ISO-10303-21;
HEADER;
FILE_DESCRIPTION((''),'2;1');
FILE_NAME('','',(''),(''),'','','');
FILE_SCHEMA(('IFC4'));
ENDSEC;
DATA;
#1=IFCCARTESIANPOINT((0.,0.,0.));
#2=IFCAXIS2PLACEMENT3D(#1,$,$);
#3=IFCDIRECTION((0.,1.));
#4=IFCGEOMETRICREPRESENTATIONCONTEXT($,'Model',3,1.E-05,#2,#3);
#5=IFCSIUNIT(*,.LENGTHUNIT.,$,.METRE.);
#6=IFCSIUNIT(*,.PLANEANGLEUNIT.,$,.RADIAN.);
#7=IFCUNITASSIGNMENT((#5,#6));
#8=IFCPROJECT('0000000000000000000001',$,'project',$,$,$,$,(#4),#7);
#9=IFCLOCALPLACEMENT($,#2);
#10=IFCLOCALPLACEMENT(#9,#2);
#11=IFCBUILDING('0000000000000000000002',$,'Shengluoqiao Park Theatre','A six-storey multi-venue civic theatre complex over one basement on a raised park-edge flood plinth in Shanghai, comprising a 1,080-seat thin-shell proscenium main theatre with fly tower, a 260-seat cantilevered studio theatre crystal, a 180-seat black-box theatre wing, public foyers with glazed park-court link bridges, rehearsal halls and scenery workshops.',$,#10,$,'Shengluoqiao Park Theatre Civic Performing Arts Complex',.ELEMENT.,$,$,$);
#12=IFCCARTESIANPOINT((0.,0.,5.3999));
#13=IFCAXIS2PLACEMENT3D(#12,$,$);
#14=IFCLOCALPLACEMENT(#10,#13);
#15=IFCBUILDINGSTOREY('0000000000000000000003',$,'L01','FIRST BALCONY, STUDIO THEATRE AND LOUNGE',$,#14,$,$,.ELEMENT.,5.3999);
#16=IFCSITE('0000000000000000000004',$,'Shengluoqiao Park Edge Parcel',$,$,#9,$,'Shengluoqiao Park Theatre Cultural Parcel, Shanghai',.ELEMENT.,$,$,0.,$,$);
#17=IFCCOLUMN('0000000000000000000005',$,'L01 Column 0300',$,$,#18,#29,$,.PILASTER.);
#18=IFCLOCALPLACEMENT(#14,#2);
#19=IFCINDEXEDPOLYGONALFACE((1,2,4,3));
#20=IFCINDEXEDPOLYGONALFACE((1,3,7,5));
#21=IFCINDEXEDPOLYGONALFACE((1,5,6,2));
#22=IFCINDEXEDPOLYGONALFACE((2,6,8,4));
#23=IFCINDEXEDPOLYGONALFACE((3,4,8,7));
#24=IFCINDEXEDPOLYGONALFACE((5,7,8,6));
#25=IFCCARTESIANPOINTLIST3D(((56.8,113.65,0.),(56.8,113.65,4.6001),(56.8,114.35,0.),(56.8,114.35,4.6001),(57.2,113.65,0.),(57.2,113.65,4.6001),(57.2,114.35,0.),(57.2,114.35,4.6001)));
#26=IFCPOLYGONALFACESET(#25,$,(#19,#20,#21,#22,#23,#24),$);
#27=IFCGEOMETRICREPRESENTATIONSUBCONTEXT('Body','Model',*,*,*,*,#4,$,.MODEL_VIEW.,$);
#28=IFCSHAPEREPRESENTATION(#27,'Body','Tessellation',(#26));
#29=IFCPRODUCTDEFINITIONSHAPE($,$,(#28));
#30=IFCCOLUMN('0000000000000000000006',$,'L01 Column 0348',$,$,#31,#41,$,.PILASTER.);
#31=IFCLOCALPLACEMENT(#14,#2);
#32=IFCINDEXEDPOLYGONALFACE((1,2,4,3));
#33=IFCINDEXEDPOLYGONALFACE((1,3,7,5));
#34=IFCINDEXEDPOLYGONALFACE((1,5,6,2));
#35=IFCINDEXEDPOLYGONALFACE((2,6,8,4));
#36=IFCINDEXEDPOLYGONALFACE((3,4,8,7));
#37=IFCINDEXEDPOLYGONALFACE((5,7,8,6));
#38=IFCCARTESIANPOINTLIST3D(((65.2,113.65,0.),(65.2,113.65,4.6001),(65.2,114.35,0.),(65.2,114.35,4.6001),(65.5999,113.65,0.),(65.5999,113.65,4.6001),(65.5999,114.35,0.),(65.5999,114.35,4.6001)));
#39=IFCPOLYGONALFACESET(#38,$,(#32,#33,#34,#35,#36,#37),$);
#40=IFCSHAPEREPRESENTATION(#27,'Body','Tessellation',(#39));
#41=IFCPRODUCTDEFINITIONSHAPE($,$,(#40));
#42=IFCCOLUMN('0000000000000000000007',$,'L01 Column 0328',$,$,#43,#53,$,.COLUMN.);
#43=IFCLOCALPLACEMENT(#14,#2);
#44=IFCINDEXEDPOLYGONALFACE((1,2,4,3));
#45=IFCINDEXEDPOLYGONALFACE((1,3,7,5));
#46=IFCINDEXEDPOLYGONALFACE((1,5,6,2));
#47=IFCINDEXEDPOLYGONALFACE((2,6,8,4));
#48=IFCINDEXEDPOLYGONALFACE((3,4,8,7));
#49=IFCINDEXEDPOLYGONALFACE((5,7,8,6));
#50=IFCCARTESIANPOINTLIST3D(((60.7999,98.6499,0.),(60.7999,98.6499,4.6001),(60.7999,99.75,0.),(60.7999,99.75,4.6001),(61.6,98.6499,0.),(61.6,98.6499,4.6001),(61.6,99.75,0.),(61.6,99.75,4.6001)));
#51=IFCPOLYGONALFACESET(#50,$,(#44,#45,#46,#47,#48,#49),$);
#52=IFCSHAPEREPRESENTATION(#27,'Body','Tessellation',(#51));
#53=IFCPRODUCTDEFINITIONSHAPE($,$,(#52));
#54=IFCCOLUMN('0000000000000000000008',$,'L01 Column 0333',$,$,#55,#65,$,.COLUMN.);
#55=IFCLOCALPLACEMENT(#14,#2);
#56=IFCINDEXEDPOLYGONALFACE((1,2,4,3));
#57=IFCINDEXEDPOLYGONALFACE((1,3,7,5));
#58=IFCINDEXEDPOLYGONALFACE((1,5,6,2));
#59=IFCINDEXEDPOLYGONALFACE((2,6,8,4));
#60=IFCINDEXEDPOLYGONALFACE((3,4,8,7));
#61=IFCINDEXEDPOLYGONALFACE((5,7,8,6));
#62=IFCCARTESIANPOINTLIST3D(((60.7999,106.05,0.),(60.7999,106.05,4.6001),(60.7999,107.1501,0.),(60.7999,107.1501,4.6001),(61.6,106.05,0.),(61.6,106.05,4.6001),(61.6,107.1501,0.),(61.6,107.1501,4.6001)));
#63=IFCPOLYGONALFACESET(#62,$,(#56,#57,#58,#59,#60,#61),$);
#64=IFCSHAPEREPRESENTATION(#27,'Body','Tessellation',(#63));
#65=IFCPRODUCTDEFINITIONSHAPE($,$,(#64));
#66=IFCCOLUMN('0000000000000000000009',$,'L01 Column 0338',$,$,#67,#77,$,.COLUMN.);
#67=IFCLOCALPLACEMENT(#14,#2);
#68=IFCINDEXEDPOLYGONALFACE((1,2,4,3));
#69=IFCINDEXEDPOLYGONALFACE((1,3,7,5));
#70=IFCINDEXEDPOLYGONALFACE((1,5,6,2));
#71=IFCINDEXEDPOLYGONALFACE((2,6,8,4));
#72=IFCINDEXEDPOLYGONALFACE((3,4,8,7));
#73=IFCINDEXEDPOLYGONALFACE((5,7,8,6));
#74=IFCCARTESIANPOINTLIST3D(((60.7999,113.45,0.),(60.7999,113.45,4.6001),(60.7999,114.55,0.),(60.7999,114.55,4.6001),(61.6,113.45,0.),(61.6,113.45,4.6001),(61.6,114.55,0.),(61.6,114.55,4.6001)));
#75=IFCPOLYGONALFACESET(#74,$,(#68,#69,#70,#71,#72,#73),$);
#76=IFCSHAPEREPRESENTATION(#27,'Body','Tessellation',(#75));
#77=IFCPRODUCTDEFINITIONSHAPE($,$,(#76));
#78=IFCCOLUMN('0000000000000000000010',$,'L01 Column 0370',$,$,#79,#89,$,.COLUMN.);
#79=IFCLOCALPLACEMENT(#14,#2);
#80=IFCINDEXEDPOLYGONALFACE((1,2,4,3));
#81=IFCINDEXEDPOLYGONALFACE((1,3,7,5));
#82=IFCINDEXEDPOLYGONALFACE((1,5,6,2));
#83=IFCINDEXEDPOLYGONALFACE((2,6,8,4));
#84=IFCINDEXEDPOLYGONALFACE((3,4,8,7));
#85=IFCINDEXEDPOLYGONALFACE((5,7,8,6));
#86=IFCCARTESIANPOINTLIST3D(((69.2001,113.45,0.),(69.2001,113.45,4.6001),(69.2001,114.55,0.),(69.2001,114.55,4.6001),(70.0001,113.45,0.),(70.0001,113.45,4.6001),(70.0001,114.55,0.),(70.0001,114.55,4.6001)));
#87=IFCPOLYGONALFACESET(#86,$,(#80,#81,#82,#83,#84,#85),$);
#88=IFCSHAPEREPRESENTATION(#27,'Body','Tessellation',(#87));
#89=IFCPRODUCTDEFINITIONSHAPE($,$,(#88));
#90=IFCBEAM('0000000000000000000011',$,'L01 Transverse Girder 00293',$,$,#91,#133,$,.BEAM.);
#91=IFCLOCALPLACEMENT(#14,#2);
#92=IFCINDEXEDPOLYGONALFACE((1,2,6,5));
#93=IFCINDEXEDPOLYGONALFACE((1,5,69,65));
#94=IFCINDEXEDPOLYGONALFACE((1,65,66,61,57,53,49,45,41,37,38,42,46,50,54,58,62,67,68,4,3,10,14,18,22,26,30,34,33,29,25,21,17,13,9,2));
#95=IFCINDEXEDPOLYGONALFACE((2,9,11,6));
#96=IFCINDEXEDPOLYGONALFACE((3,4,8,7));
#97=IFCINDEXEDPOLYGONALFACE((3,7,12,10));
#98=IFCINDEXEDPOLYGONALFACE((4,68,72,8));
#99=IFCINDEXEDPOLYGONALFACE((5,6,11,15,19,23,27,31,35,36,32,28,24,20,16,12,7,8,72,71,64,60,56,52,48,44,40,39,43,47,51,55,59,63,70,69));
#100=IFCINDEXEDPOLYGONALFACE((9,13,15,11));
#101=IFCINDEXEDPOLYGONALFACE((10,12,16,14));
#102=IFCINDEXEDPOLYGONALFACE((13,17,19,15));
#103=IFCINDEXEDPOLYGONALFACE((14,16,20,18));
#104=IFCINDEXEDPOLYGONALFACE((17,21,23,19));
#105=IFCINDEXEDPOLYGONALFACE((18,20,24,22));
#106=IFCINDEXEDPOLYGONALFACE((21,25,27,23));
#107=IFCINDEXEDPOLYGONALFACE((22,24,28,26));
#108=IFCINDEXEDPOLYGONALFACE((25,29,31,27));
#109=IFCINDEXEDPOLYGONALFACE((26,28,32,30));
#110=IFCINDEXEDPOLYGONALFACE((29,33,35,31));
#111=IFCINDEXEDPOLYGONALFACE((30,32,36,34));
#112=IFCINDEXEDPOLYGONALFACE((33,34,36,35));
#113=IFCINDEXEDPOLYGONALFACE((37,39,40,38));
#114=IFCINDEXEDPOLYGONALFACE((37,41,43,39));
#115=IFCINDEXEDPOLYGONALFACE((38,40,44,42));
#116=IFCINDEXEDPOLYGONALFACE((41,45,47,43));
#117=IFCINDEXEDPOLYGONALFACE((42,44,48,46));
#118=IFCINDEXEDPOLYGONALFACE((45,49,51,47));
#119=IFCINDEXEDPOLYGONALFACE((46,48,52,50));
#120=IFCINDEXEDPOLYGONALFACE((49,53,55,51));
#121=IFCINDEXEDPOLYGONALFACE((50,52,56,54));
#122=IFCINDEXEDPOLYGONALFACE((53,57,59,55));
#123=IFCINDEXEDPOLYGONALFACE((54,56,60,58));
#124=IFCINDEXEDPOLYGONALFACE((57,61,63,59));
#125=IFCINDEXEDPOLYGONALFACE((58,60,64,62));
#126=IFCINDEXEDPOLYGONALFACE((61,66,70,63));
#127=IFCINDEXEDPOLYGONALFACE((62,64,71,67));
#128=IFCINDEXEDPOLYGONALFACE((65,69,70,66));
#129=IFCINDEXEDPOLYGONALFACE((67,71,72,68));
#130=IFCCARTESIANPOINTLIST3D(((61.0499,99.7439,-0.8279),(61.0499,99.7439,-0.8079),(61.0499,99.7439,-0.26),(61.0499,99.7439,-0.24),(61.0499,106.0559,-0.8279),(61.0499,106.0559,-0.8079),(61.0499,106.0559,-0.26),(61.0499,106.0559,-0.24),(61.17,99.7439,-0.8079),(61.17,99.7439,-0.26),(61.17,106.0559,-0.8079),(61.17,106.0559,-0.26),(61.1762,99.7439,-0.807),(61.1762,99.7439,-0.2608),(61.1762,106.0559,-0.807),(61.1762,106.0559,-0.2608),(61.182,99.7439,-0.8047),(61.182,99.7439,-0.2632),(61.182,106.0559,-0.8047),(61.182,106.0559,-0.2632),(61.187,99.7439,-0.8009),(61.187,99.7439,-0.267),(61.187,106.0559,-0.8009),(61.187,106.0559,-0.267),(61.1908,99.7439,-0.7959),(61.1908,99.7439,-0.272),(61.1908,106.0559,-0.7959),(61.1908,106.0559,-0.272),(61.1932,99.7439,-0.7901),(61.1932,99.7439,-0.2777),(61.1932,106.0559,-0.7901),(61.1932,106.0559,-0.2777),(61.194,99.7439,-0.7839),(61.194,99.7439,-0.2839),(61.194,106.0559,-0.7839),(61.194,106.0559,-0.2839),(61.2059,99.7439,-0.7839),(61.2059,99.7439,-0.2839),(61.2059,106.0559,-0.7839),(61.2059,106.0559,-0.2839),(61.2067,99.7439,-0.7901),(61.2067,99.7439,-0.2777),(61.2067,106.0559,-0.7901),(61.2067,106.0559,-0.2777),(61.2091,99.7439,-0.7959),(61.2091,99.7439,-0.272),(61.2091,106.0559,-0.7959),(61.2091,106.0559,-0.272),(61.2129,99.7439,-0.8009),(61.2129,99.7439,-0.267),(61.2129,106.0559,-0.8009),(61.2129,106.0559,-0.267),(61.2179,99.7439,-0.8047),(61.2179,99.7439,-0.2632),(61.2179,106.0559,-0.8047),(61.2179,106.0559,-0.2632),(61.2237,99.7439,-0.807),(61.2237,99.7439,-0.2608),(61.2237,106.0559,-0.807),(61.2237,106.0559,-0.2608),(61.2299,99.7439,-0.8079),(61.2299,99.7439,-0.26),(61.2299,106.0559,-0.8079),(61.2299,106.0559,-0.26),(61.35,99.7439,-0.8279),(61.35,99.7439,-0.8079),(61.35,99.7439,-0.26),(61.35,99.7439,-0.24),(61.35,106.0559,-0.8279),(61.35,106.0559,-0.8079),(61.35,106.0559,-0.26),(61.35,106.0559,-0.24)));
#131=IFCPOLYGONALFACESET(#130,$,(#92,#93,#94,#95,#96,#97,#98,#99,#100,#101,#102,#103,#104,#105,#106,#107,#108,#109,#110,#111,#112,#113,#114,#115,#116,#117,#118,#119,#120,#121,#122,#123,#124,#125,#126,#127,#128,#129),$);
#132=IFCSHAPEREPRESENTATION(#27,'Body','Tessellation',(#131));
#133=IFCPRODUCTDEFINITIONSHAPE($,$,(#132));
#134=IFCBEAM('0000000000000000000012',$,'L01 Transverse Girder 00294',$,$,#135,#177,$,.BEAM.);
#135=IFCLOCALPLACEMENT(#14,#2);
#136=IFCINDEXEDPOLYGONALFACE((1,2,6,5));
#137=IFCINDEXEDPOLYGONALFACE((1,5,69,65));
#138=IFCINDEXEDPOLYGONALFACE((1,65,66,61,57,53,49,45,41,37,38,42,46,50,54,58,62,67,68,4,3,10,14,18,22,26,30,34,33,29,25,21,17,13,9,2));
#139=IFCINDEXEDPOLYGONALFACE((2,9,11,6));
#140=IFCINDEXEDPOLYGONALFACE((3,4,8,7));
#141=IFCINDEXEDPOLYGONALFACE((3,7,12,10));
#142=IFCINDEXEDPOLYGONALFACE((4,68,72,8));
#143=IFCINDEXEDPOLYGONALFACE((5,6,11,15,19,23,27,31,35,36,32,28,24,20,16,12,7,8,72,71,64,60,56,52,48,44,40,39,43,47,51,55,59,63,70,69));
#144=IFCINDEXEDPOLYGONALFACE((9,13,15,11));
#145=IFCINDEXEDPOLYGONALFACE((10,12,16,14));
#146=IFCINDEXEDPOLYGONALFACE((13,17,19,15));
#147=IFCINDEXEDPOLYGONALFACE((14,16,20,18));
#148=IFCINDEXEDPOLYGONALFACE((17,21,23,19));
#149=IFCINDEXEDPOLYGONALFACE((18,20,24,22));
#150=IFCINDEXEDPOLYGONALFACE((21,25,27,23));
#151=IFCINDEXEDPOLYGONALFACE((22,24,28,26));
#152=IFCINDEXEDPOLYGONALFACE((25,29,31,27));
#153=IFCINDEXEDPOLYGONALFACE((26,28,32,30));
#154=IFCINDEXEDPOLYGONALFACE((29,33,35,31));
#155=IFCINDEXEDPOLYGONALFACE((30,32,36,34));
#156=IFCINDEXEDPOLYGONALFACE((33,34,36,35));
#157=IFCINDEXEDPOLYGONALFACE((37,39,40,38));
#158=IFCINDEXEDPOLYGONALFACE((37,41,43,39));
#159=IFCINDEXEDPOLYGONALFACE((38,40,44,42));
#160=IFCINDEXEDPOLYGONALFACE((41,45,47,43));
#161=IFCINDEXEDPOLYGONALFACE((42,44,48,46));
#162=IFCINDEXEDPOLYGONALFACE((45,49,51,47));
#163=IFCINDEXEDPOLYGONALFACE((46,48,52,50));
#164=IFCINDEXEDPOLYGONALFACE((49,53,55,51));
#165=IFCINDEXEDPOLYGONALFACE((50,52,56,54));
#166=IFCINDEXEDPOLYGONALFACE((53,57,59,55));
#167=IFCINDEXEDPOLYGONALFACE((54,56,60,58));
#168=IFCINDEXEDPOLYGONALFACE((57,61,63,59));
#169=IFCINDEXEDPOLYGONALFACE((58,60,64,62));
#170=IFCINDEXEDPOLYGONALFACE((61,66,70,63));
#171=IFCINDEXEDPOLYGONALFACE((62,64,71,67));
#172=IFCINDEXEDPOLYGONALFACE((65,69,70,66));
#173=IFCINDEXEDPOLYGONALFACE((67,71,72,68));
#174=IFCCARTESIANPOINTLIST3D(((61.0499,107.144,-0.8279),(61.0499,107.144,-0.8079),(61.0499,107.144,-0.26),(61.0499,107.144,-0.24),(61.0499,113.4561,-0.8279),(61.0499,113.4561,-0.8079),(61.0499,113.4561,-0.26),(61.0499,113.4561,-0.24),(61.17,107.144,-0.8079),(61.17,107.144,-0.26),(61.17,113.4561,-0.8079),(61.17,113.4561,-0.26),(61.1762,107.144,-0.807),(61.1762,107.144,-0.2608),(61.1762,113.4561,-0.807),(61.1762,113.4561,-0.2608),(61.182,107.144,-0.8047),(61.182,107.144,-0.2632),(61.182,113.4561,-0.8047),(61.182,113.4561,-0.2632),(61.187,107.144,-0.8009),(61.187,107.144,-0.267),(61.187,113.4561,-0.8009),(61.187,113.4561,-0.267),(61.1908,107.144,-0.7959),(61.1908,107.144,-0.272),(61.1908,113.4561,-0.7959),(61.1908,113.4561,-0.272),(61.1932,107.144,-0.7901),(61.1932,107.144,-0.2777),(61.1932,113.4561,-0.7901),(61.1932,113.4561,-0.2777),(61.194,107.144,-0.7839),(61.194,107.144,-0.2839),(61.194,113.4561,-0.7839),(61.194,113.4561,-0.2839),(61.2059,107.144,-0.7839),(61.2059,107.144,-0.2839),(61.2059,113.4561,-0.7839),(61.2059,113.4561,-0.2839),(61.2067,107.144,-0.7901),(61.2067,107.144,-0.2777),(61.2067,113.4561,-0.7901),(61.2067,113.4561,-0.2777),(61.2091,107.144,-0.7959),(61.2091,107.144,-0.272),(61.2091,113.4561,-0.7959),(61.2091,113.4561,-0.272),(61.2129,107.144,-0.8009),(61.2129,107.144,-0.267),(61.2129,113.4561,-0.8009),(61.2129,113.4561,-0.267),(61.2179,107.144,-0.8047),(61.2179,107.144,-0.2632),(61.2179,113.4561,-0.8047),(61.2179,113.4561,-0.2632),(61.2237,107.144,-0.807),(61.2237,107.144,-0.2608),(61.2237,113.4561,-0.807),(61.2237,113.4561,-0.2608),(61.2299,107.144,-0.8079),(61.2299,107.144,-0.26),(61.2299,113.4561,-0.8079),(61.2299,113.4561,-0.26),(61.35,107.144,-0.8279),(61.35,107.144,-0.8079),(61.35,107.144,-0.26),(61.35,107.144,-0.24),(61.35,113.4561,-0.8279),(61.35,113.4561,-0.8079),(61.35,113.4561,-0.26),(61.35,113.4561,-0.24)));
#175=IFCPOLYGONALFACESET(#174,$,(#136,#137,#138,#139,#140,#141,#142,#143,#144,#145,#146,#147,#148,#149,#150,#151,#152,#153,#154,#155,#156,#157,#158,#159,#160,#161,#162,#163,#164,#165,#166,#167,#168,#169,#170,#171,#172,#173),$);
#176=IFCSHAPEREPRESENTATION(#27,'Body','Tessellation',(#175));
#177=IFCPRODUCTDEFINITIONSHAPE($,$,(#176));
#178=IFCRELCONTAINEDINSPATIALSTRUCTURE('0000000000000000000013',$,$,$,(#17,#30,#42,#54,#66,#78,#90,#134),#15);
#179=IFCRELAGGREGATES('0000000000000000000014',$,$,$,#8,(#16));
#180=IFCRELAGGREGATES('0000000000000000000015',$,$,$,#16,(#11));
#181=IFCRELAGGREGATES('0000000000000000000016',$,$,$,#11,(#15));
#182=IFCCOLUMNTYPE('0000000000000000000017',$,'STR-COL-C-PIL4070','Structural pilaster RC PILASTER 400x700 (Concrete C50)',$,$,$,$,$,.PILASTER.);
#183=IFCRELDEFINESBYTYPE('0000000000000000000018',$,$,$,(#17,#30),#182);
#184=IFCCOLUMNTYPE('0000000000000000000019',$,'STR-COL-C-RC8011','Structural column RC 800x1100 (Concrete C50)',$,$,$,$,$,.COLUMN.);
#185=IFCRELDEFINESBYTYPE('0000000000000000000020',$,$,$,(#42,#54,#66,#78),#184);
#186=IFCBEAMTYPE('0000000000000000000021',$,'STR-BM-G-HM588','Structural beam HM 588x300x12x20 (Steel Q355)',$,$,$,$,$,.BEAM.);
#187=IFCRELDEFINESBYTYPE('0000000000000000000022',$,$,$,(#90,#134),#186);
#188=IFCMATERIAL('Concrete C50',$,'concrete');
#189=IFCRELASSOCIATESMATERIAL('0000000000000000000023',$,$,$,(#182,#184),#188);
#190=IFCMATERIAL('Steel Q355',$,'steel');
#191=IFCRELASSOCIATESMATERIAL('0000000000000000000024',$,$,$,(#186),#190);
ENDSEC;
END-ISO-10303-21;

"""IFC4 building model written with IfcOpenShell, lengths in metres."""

from ifc_helpers import new_model, si_unit, direction, frame, origin, origin_2d, place, context, subcontext, project, spatial, rectangle, i_section, extrude, material, material_profile, profile_set, type_object, element, save


model = new_model("IFC4")

# Units and contexts
model_context = context("Model", 3, precision=1e-05, world=origin(), true_north=direction((0.0, 1.0)))
body_context = subcontext(model_context, "Body", "Model", "MODEL_VIEW")
ifc_project = project(units=[si_unit("LENGTHUNIT", "METRE"), si_unit("PLANEANGLEUNIT", "RADIAN")], contexts=[model_context])

# Site, building, storey
site_placement = place(None, origin())
site = spatial("IfcSite", under=ifc_project, at=site_placement, Name="Shengluoqiao Park Edge Parcel", LongName="Shengluoqiao Park Theatre Cultural Parcel, Shanghai", CompositionType="ELEMENT", RefElevation=0.0)
building_placement = place(site_placement, origin())
building = spatial("IfcBuilding", under=site, at=building_placement, Name="Shengluoqiao Park Theatre", Description="A six-storey multi-venue civic theatre complex over one basement on a raised park-edge flood plinth in Shanghai, comprising a 1,080-seat thin-shell proscenium main theatre with fly tower, a 260-seat cantilevered studio theatre crystal, a 180-seat black-box theatre wing, public foyers with glazed park-court link bridges, rehearsal halls and scenery workshops.", LongName="Shengluoqiao Park Theatre Civic Performing Arts Complex", CompositionType="ELEMENT")
storey_placement = place(building_placement, frame((0.0, 0.0, 5.3999)))
storey = spatial("IfcBuildingStorey", under=building, at=storey_placement, Name="L01", Description="FIRST BALCONY, STUDIO THEATRE AND LOUNGE", CompositionType="ELEMENT", Elevation=5.3999)

# Columns
ifc_material_1 = material(Name="Concrete C50", Category="concrete")
ifc_material_profile_1 = material_profile(ifc_material_1, rectangle(XDim=0.3999, YDim=0.7, at=origin_2d()), Name="RC PILASTER 400x700")
ifc_profile_set_1 = profile_set([ifc_material_profile_1], Name="Concrete C50")
column_type_1 = type_object("IfcColumnType", Name="STR-COL-C-PIL4070", Description="Structural pilaster RC PILASTER 400x700 (Concrete C50)", PredefinedType="PILASTER", material=ifc_profile_set_1)
for number, where, z_axis, x_axis, name in (
    (1, (57.0, 114.0, 0.0), (0.0, 0.0, 1.0), (1.0, 0.0, 0.0), "L01 Column 0300"),
    (2, (65.3999, 114.0, 0.0), (0.0, 0.0, 1.0), (1.0, 0.0, 0.0), "L01 Column 0348"),
):
    element("IfcColumn", number, at=place(storey_placement, frame(where, z_axis=z_axis, x_axis=x_axis)), inside=storey, type_object=column_type_1, Name=name, PredefinedType="PILASTER", context=body_context, shape_type="SweptSolid", body=[
        extrude(rectangle(XDim=0.3999, YDim=0.7, at=origin_2d()), origin(), (0.0, 0.0, 1.0), 4.6001),
    ])
ifc_material_profile_2 = material_profile(ifc_material_1, rectangle(XDim=0.8, YDim=1.1001, at=origin_2d()), Name="RC 800x1100")
ifc_profile_set_2 = profile_set([ifc_material_profile_2], Name="Concrete C50")
column_type_2 = type_object("IfcColumnType", Name="STR-COL-C-RC8011", Description="Structural column RC 800x1100 (Concrete C50)", PredefinedType="COLUMN", material=ifc_profile_set_2)
for number, where, z_axis, x_axis, name in (
    (3, (61.2, 99.2, 0.0), (0.0, 0.0, 1.0), (1.0, 0.0, 0.0), "L01 Column 0328"),
    (4, (61.2, 106.6001, 0.0), (0.0, 0.0, 1.0), (1.0, 0.0, 0.0), "L01 Column 0333"),
    (5, (61.2, 114.0, 0.0), (0.0, 0.0, 1.0), (1.0, 0.0, 0.0), "L01 Column 0338"),
    (6, (69.6001, 114.0, 0.0), (0.0, 0.0, 1.0), (1.0, 0.0, 0.0), "L01 Column 0370"),
):
    element("IfcColumn", number, at=place(storey_placement, frame(where, z_axis=z_axis, x_axis=x_axis)), inside=storey, type_object=column_type_2, Name=name, PredefinedType="COLUMN", context=body_context, shape_type="SweptSolid", body=[
        extrude(rectangle(XDim=0.8, YDim=1.1001, at=origin_2d()), origin(), (0.0, 0.0, 1.0), 4.6001),
    ])

# Beams
ifc_material_2 = material(Name="Steel Q355", Category="steel")
ifc_material_profile_3 = material_profile(ifc_material_2, i_section(OverallWidth=0.3, OverallDepth=0.5879, WebThickness=0.012, FlangeThickness=0.02, FilletRadius=0.0239, at=origin_2d()), Name="HM 588x300x12x20")
ifc_profile_set_3 = profile_set([ifc_material_profile_3], Name="Steel Q355")
beam_type_1 = type_object("IfcBeamType", Name="STR-BM-G-HM588", Description="Structural beam HM 588x300x12x20 (Steel Q355)", PredefinedType="BEAM", material=ifc_profile_set_3)
for number, where, z_axis, x_axis, name in (
    (7, (61.2, 99.7439, -0.5339), (0.0, 1.0, 0.0), (-1.0, 0.0, 0.0), "L01 Transverse Girder 00293"),
    (8, (61.2, 107.144, -0.5339), (0.0, 1.0, 0.0), (-1.0, 0.0, 0.0), "L01 Transverse Girder 00294"),
):
    element("IfcBeam", number, at=place(storey_placement, frame(where, z_axis=z_axis, x_axis=x_axis)), inside=storey, type_object=beam_type_1, Name=name, PredefinedType="BEAM", context=body_context, shape_type="SweptSolid", body=[
        extrude(i_section(OverallWidth=0.3, OverallDepth=0.5879, WebThickness=0.012, FlangeThickness=0.02, FilletRadius=0.0239, at=origin_2d()), origin(), (0.0, 0.0, 1.0), 6.312),
    ])

save(model, "model.ifc")
